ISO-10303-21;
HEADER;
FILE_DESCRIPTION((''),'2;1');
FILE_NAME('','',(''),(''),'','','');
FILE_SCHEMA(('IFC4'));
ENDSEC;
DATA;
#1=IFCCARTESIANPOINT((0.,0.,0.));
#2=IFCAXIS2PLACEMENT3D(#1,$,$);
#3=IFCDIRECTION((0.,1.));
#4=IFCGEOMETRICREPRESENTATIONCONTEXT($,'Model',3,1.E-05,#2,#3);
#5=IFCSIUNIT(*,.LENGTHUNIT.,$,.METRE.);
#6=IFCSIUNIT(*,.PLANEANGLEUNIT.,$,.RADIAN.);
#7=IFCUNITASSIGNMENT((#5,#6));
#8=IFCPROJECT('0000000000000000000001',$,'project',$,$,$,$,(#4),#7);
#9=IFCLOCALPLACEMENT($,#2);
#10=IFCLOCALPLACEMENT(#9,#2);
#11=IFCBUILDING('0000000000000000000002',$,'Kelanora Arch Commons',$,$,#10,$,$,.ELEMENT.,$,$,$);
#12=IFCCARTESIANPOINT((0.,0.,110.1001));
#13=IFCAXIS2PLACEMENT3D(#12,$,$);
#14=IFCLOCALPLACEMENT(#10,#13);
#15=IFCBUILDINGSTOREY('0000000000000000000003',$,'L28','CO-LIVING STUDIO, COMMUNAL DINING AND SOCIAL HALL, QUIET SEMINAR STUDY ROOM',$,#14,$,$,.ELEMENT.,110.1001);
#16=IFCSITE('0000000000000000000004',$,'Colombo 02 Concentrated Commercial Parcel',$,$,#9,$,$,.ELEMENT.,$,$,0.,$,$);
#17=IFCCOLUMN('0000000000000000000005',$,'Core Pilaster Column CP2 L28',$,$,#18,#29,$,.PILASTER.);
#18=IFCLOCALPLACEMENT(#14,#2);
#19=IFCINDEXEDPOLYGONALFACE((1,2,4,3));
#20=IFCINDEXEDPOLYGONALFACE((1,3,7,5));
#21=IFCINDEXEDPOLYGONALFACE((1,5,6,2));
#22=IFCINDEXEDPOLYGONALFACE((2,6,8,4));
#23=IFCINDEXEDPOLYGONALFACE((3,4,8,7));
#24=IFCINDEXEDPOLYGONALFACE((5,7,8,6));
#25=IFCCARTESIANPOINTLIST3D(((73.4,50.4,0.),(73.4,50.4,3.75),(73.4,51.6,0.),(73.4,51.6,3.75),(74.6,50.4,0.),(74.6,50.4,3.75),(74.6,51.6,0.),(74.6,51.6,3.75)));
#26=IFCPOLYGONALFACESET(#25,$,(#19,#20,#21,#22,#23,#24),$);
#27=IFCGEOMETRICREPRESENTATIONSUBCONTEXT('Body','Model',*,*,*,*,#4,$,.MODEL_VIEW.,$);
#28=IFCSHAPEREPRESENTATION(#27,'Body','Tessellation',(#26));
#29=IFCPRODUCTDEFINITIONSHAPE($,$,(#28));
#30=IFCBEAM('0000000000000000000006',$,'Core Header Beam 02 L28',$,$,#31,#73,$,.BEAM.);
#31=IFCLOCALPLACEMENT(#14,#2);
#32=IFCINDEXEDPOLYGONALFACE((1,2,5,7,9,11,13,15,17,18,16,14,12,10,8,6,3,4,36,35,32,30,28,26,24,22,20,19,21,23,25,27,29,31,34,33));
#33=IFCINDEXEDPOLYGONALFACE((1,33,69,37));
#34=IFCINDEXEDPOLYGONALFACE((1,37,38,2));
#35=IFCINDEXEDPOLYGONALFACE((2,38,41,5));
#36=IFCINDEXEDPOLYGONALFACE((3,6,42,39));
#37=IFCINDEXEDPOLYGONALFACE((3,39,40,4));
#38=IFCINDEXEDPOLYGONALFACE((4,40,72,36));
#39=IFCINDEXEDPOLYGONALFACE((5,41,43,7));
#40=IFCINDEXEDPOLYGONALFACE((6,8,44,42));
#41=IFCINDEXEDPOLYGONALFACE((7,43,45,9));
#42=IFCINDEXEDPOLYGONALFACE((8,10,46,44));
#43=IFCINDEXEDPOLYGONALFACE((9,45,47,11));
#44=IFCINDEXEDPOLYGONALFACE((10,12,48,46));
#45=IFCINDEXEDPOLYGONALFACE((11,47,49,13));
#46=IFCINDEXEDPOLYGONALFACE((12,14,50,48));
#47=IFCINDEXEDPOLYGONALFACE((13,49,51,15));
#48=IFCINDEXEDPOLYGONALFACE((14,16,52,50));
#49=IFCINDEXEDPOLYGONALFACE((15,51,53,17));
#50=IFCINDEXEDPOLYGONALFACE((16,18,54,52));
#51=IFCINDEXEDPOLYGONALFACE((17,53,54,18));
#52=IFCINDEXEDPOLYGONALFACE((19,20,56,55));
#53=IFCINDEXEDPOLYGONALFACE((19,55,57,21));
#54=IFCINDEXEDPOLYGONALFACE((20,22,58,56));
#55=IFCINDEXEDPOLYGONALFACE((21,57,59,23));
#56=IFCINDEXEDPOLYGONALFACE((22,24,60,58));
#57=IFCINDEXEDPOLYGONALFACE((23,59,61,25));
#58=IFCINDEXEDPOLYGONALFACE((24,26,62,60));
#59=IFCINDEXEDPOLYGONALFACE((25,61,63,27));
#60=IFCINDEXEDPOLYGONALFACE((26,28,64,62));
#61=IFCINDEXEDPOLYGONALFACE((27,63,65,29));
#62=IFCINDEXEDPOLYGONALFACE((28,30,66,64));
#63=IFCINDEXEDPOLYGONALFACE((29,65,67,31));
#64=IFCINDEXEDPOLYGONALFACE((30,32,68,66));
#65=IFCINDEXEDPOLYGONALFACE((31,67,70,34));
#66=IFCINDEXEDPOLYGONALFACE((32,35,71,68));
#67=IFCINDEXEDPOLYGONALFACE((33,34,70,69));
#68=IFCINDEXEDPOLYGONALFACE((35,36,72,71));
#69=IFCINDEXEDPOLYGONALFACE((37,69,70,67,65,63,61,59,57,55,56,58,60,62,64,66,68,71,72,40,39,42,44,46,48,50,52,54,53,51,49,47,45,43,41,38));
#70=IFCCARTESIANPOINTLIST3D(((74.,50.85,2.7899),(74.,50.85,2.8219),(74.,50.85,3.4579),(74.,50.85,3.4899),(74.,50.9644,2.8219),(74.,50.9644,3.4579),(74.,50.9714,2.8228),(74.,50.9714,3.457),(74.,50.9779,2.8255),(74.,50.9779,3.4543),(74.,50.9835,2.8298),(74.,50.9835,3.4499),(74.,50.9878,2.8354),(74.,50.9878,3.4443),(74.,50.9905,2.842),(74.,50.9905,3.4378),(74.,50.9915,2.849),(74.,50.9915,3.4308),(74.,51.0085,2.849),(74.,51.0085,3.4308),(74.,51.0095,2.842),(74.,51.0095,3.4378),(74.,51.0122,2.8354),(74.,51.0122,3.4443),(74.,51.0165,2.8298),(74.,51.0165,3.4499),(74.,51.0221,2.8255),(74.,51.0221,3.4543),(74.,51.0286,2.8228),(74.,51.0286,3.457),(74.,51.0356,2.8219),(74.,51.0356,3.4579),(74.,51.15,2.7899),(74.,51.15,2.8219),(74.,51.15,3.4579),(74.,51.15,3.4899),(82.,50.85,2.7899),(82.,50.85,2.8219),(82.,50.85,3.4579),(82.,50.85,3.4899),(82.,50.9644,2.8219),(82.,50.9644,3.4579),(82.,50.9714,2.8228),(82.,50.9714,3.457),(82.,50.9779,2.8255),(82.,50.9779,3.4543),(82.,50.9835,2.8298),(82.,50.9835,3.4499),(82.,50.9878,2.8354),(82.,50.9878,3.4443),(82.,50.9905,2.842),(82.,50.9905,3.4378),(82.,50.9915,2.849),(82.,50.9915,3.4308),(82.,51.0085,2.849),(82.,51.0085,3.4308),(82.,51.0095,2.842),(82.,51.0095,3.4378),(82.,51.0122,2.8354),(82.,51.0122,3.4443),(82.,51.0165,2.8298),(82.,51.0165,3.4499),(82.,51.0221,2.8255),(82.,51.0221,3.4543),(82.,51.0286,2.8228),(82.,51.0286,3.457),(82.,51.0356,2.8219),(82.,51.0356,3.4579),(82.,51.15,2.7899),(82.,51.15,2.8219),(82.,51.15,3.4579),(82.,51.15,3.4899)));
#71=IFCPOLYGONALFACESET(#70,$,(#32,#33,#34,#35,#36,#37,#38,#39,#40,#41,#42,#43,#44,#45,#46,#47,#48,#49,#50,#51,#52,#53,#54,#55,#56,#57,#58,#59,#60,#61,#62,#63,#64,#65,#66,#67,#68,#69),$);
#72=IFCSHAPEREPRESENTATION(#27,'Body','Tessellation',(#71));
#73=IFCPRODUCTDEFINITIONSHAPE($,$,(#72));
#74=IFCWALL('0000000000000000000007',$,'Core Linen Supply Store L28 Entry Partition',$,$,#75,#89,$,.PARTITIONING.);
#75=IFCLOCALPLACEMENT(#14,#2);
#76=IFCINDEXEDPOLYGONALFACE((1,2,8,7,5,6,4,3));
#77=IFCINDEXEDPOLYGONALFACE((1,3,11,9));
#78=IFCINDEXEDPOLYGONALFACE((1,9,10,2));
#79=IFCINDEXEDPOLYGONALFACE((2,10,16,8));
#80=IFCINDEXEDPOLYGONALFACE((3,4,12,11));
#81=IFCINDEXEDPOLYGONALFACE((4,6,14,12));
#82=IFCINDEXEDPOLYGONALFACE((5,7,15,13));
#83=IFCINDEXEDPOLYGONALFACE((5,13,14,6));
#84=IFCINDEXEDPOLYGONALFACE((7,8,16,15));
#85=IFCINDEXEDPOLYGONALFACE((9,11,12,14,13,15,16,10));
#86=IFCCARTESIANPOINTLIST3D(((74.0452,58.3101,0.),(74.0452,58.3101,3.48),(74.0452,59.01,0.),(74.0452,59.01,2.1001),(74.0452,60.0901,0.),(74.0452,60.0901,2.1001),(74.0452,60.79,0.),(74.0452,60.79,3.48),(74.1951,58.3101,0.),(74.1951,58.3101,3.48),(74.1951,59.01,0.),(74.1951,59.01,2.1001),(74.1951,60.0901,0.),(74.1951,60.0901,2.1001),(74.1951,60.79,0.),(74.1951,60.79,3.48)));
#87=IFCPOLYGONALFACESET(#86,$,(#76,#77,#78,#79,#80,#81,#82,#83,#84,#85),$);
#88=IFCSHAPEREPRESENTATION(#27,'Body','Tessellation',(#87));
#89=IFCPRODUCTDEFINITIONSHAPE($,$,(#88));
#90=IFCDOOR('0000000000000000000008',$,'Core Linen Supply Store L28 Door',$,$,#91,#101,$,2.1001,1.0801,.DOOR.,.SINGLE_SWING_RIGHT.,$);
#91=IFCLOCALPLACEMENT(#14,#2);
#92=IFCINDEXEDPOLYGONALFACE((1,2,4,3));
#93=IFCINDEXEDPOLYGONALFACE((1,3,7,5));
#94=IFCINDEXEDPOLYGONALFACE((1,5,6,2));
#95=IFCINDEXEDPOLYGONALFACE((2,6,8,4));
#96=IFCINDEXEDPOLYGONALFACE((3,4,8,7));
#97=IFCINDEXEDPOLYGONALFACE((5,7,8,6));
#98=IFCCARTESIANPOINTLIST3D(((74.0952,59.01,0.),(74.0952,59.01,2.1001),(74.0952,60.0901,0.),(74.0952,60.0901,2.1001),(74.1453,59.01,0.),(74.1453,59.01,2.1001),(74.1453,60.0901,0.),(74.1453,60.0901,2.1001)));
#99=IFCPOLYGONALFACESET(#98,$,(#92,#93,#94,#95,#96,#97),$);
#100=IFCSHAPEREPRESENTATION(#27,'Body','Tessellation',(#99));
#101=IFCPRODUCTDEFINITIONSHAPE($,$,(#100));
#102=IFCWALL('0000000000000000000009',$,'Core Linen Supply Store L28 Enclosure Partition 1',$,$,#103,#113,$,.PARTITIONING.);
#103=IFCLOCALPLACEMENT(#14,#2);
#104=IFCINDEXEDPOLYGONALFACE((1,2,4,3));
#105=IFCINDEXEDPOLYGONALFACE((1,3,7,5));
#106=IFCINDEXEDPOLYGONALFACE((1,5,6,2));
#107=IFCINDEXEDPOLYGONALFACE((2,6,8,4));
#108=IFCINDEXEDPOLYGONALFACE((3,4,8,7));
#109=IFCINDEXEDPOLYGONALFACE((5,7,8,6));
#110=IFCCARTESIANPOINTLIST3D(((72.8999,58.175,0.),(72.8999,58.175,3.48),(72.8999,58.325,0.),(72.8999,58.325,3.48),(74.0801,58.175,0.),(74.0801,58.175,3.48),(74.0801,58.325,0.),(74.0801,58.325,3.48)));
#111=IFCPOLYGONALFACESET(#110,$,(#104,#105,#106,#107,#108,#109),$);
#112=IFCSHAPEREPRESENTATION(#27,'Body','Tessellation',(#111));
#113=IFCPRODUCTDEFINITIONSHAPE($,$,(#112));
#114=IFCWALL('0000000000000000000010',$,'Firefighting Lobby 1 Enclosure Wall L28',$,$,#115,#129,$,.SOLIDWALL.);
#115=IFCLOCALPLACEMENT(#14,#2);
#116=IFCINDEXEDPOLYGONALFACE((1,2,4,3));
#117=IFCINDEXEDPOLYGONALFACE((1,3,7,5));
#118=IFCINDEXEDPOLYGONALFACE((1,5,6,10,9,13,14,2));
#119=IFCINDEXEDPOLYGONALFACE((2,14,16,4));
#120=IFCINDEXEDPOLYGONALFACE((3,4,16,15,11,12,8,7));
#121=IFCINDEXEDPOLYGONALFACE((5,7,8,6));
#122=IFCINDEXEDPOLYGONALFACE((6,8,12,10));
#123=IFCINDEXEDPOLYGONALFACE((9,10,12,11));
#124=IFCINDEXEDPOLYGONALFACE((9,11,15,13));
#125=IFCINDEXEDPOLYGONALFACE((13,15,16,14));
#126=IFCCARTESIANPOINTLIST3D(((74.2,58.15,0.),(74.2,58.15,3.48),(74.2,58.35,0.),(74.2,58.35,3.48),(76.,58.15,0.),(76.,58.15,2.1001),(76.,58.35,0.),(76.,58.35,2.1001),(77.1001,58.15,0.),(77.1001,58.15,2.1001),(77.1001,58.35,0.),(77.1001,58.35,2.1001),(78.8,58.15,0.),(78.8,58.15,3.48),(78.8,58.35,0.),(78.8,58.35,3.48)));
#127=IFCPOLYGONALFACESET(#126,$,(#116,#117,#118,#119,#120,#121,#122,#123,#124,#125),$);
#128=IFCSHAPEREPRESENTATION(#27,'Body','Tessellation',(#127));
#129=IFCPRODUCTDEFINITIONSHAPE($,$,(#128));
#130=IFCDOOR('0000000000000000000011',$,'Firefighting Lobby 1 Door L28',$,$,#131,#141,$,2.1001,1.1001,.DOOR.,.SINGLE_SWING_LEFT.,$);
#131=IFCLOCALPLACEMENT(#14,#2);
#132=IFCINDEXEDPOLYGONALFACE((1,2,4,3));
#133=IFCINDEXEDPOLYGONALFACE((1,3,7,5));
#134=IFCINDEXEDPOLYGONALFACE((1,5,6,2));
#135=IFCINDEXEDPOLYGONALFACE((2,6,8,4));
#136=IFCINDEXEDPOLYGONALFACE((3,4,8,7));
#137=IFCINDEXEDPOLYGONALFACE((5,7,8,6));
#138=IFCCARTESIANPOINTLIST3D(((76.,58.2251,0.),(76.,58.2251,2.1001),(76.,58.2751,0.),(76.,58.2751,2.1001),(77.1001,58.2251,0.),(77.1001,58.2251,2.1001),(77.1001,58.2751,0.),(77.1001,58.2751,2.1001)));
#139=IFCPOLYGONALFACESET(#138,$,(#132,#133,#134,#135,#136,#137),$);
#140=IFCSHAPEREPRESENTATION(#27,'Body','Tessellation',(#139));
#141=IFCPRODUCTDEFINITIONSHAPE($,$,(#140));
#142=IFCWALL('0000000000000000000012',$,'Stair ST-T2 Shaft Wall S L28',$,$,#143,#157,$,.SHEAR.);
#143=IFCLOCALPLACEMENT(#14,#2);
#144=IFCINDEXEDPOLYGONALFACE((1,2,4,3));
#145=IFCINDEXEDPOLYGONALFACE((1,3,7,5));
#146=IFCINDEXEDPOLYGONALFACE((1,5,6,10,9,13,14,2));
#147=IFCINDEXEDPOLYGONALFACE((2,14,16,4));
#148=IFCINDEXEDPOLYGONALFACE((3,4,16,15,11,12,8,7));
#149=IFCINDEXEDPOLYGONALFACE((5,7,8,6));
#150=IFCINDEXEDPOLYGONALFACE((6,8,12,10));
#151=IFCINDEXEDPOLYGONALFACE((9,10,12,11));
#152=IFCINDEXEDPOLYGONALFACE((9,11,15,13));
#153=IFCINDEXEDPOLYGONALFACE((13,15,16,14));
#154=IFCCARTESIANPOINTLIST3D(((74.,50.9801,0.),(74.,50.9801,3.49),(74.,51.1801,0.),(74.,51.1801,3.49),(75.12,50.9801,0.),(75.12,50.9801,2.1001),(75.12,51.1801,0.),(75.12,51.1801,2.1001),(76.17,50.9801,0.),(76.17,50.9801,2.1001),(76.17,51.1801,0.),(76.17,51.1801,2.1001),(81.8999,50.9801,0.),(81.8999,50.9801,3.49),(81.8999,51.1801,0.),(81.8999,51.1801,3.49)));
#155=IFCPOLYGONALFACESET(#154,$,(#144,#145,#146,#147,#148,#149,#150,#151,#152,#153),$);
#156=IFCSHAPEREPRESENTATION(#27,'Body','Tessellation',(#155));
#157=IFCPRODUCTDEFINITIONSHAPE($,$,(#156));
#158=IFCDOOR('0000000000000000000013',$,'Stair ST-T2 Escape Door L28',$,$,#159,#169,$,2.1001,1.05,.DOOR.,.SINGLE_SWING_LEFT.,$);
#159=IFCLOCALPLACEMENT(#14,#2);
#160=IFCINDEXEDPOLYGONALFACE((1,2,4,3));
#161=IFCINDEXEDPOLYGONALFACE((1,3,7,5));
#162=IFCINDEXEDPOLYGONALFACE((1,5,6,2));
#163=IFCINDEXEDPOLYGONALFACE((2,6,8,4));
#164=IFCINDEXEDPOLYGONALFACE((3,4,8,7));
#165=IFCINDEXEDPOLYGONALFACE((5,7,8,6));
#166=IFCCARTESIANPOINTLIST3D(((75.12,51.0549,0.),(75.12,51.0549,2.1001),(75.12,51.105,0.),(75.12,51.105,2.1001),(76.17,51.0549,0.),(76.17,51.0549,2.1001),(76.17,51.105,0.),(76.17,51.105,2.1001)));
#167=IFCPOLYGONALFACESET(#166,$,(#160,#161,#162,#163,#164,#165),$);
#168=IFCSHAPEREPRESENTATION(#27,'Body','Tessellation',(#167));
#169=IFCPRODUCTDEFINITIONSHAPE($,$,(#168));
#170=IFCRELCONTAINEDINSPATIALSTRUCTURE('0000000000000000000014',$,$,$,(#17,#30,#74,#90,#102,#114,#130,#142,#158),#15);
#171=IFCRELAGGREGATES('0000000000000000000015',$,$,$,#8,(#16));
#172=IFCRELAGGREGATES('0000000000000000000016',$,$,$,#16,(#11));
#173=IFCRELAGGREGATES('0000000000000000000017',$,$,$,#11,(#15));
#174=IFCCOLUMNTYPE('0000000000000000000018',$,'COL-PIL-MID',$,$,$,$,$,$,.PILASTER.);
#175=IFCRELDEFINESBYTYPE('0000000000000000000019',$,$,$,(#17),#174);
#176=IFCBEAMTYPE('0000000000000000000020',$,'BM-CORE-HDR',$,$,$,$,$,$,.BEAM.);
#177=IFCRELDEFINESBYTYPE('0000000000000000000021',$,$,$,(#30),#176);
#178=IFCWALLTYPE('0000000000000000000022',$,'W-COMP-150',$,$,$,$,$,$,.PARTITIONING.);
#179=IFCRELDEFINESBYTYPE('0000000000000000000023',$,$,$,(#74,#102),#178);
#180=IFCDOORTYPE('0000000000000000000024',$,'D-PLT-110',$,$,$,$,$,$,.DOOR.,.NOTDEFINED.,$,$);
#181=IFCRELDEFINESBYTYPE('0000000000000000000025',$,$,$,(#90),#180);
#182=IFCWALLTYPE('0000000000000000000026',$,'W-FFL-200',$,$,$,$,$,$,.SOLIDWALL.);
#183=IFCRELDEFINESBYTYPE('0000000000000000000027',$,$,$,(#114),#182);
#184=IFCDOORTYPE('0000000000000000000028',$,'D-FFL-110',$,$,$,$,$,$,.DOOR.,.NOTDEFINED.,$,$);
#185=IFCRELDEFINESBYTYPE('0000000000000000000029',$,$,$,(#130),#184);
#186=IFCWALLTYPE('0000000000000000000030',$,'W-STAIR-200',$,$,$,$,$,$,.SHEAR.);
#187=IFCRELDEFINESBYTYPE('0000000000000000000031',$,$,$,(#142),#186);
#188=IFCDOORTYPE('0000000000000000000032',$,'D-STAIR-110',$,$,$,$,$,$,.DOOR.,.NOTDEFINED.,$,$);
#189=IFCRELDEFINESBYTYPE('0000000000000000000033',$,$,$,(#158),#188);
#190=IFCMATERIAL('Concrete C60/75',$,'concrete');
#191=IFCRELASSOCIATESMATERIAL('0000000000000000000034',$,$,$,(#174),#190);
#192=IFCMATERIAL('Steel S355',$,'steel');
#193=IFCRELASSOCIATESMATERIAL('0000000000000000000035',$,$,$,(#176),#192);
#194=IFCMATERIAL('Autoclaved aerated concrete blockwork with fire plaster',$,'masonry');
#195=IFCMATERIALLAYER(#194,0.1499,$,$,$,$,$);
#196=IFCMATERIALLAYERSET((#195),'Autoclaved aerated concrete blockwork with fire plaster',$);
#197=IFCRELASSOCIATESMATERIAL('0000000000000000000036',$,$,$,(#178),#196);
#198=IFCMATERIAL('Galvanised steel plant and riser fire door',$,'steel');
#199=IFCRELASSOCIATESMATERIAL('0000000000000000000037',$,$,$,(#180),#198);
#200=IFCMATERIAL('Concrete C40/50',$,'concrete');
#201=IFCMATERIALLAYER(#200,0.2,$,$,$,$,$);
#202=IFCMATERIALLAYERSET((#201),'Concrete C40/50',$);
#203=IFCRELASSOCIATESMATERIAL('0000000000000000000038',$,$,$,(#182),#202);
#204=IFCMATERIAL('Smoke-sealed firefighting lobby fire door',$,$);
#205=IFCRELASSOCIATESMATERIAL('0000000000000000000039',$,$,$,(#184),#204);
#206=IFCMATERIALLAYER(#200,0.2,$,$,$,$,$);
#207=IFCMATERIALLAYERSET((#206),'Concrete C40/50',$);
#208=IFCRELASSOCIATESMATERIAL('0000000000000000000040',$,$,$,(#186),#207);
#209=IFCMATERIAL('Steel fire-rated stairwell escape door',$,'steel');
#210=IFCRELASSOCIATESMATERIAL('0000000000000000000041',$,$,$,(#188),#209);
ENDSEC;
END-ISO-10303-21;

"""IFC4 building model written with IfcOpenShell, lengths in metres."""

from ifc_helpers import new_model, si_unit, direction, frame, frame_2d, origin, origin_2d, place, context, subcontext, project, spatial, rectangle, i_section, extrude, material, layer, layer_set, material_profile, profile_set, type_object, element, fill, save


model = new_model("IFC4")

# Units and contexts
model_context = context("Model", 3, precision=1e-05, world=origin(), true_north=direction((0.0, 1.0)))
body_context = subcontext(model_context, "Body", "Model", "MODEL_VIEW")
ifc_project = project(units=[si_unit("LENGTHUNIT", "METRE"), si_unit("PLANEANGLEUNIT", "RADIAN")], contexts=[model_context])

# Site, building, storey
site_placement = place(None, origin())
site = spatial("IfcSite", under=ifc_project, at=site_placement, Name="Colombo 02 Concentrated Commercial Parcel", CompositionType="ELEMENT", RefElevation=0.0)
building_placement = place(site_placement, origin())
building = spatial("IfcBuilding", under=site, at=building_placement, Name="Kelanora Arch Commons", CompositionType="ELEMENT")
storey_placement = place(building_placement, frame((0.0, 0.0, 110.1001)))
storey = spatial("IfcBuildingStorey", under=building, at=storey_placement, Name="L28", Description="CO-LIVING STUDIO, COMMUNAL DINING AND SOCIAL HALL, QUIET SEMINAR STUDY ROOM", CompositionType="ELEMENT", Elevation=110.1001)

# Column
ifc_material_1 = material(Name="Concrete C60/75", Category="concrete")
ifc_material_profile_1 = material_profile(ifc_material_1, rectangle(XDim=1.2, YDim=1.2, at=origin_2d()), Name="RC1200x1200")
ifc_profile_set_1 = profile_set([ifc_material_profile_1], Name="Concrete C60/75")
column_type = type_object("IfcColumnType", Name="COL-PIL-MID", PredefinedType="PILASTER", material=ifc_profile_set_1)
column_placement = place(storey_placement, frame((74.0, 51.0, 0.0), z_axis=(0.0, 0.0, 1.0), x_axis=(1.0, 0.0, 0.0)))
element("IfcColumn", 1, at=column_placement, inside=storey, type_object=column_type, Name="Core Pilaster Column CP2 L28", PredefinedType="PILASTER", context=body_context, shape_type="SweptSolid", body=[
    extrude(rectangle(XDim=1.2, YDim=1.2, at=origin_2d()), origin(), (0.0, 0.0, 1.0), 3.75),
])

# Beam
ifc_material_2 = material(Name="Steel S355", Category="steel")
ifc_material_profile_2 = material_profile(ifc_material_2, i_section(OverallWidth=0.3, OverallDepth=0.7, WebThickness=0.0171, FlangeThickness=0.032, FilletRadius=0.0271, at=origin_2d()), Name="HEB700")
ifc_profile_set_2 = profile_set([ifc_material_profile_2], Name="Steel S355")
beam_type = type_object("IfcBeamType", Name="BM-CORE-HDR", PredefinedType="BEAM", material=ifc_profile_set_2)
beam_placement = place(storey_placement, frame((74.0, 51.0, 3.1399), z_axis=(1.0, 0.0, 0.0), x_axis=(0.0, 1.0, 0.0)))
element("IfcBeam", 2, at=beam_placement, inside=storey, type_object=beam_type, Name="Core Header Beam 02 L28", PredefinedType="BEAM", context=body_context, shape_type="SweptSolid", body=[
    extrude(i_section(OverallWidth=0.3, OverallDepth=0.7, WebThickness=0.0171, FlangeThickness=0.032, FilletRadius=0.0271, at=origin_2d()), origin(), (0.0, 0.0, 1.0), 8.0),
])

# Wall, opening, door
ifc_material_3 = material(Name="Autoclaved aerated concrete blockwork with fire plaster", Category="masonry")
ifc_layer_1 = layer(ifc_material_3, 0.1499)
ifc_layer_set_1 = layer_set([ifc_layer_1], Name="Autoclaved aerated concrete blockwork with fire plaster")
wall_type_1 = type_object("IfcWallType", Name="W-COMP-150", PredefinedType="PARTITIONING", material=ifc_layer_set_1)
wall_1_placement = place(storey_placement, frame((74.1201, 58.3101, 0.0), z_axis=(0.0, 0.0, 1.0), x_axis=(0.0, 1.0, 0.0)))
wall_1 = element("IfcWall", 3, at=wall_1_placement, inside=storey, type_object=wall_type_1, Name="Core Linen Supply Store L28 Entry Partition", PredefinedType="PARTITIONING", context=body_context, shape_type="SweptSolid", body=[
    extrude(rectangle(XDim=2.48, YDim=0.1499, at=frame_2d((1.24, 0.0))), origin(), (0.0, 0.0, 1.0), 3.48),
])
opening_1_placement = place(wall_1_placement, frame((0.7, 0.0, 0.0)))
opening_1 = element("IfcOpeningElement", 4, at=opening_1_placement, cuts=wall_1, PredefinedType="OPENING", context=body_context, shape_type="SweptSolid", body=[
    extrude(rectangle(XDim=1.0801, YDim=2.1001, at=frame_2d((0.54, 1.05))), frame((0.0, 0.085, 0.0), z_axis=(0.0, -1.0, 0.0), x_axis=(1.0, 0.0, 0.0)), (0.0, 0.0, 1.0), 0.1699),
])
ifc_material_4 = material(Name="Galvanised steel plant and riser fire door", Category="steel")
door_type_1 = type_object("IfcDoorType", Name="D-PLT-110", OperationType="NOTDEFINED", PredefinedType="DOOR", material=ifc_material_4)
door_1_placement = place(opening_1_placement, origin())
door_1 = element("IfcDoor", 5, at=door_1_placement, inside=storey, type_object=door_type_1, Name="Core Linen Supply Store L28 Door", OperationType="SINGLE_SWING_RIGHT", OverallHeight=2.1001, OverallWidth=1.0801, PredefinedType="DOOR", context=body_context, shape_type="SweptSolid", body=[
    extrude(rectangle(XDim=1.0801, YDim=2.1001, at=frame_2d((0.54, 1.05))), frame((0.0, 0.0249, 0.0), z_axis=(0.0, -1.0, 0.0), x_axis=(1.0, 0.0, 0.0)), (0.0, 0.0, 1.0), 0.05),
])
fill(opening_1, door_1)

# Wall
wall_2_placement = place(storey_placement, frame((72.8999, 58.25, 0.0), z_axis=(0.0, 0.0, 1.0), x_axis=(1.0, 0.0, 0.0)))
element("IfcWall", 6, at=wall_2_placement, inside=storey, type_object=wall_type_1, Name="Core Linen Supply Store L28 Enclosure Partition 1", PredefinedType="PARTITIONING", context=body_context, shape_type="SweptSolid", body=[
    extrude(rectangle(XDim=1.1802, YDim=0.1499, at=frame_2d((0.5901, 0.0))), origin(), (0.0, 0.0, 1.0), 3.48),
])

# Walls, openings, doors
ifc_material_5 = material(Name="Concrete C40/50", Category="concrete")
ifc_layer_2 = layer(ifc_material_5, 0.2)
ifc_layer_set_2 = layer_set([ifc_layer_2], Name="Concrete C40/50")
wall_type_2 = type_object("IfcWallType", Name="W-FFL-200", PredefinedType="SOLIDWALL", material=ifc_layer_set_2)
wall_3_placement = place(storey_placement, frame((74.2, 58.25, 0.0), z_axis=(0.0, 0.0, 1.0), x_axis=(1.0, 0.0, 0.0)))
wall_3 = element("IfcWall", 7, at=wall_3_placement, inside=storey, type_object=wall_type_2, Name="Firefighting Lobby 1 Enclosure Wall L28", PredefinedType="SOLIDWALL", context=body_context, shape_type="SweptSolid", body=[
    extrude(rectangle(XDim=4.6001, YDim=0.2, at=frame_2d((2.3, 0.0))), origin(), (0.0, 0.0, 1.0), 3.48),
])
opening_2_placement = place(wall_3_placement, frame((1.8, 0.0, 0.0)))
opening_2 = element("IfcOpeningElement", 8, at=opening_2_placement, cuts=wall_3, PredefinedType="OPENING", context=body_context, shape_type="SweptSolid", body=[
    extrude(rectangle(XDim=1.1001, YDim=2.1001, at=frame_2d((0.55, 1.05))), frame((0.0, 0.1099, 0.0), z_axis=(0.0, -1.0, 0.0), x_axis=(1.0, 0.0, 0.0)), (0.0, 0.0, 1.0), 0.22),
])
ifc_material_6 = material(Name="Smoke-sealed firefighting lobby fire door")
door_type_2 = type_object("IfcDoorType", Name="D-FFL-110", OperationType="NOTDEFINED", PredefinedType="DOOR", material=ifc_material_6)
door_2_placement = place(opening_2_placement, frame((1.1001, 0.0, 0.0), z_axis=(0.0, 0.0, 1.0), x_axis=(-1.0, 0.0, 0.0)))
door_2 = element("IfcDoor", 9, at=door_2_placement, inside=storey, type_object=door_type_2, Name="Firefighting Lobby 1 Door L28", OperationType="SINGLE_SWING_LEFT", OverallHeight=2.1001, OverallWidth=1.1001, PredefinedType="DOOR", context=body_context, shape_type="SweptSolid", body=[
    extrude(rectangle(XDim=1.1001, YDim=2.1001, at=frame_2d((0.55, 1.05))), frame((0.0, 0.0249, 0.0), z_axis=(0.0, -1.0, 0.0), x_axis=(1.0, 0.0, 0.0)), (0.0, 0.0, 1.0), 0.05),
])
fill(opening_2, door_2)
ifc_layer_3 = layer(ifc_material_5, 0.2)
ifc_layer_set_3 = layer_set([ifc_layer_3], Name="Concrete C40/50")
wall_type_3 = type_object("IfcWallType", Name="W-STAIR-200", PredefinedType="SHEAR", material=ifc_layer_set_3)
wall_4_placement = place(storey_placement, frame((74.0, 51.0801, 0.0), z_axis=(0.0, 0.0, 1.0), x_axis=(1.0, 0.0, 0.0)))
wall_4 = element("IfcWall", 10, at=wall_4_placement, inside=storey, type_object=wall_type_3, Name="Stair ST-T2 Shaft Wall S L28", PredefinedType="SHEAR", context=body_context, shape_type="SweptSolid", body=[
    extrude(rectangle(XDim=7.8999, YDim=0.2, at=frame_2d((3.95, 0.0))), origin(), (0.0, 0.0, 1.0), 3.49),
])
opening_3_placement = place(wall_4_placement, frame((1.1201, 0.0, 0.0)))
opening_3 = element("IfcOpeningElement", 11, at=opening_3_placement, cuts=wall_4, PredefinedType="OPENING", context=body_context, shape_type="SweptSolid", body=[
    extrude(rectangle(XDim=1.05, YDim=2.1001, at=frame_2d((0.5249, 1.05))), frame((0.0, 0.1099, 0.0), z_axis=(0.0, -1.0, 0.0), x_axis=(1.0, 0.0, 0.0)), (0.0, 0.0, 1.0), 0.22),
])
ifc_material_7 = material(Name="Steel fire-rated stairwell escape door", Category="steel")
door_type_3 = type_object("IfcDoorType", Name="D-STAIR-110", OperationType="NOTDEFINED", PredefinedType="DOOR", material=ifc_material_7)
door_3_placement = place(opening_3_placement, origin())
door_3 = element("IfcDoor", 12, at=door_3_placement, inside=storey, type_object=door_type_3, Name="Stair ST-T2 Escape Door L28", OperationType="SINGLE_SWING_LEFT", OverallHeight=2.1001, OverallWidth=1.05, PredefinedType="DOOR", context=body_context, shape_type="SweptSolid", body=[
    extrude(rectangle(XDim=1.05, YDim=2.1001, at=frame_2d((0.5249, 1.05))), frame((0.0, 0.0249, 0.0), z_axis=(0.0, -1.0, 0.0), x_axis=(1.0, 0.0, 0.0)), (0.0, 0.0, 1.0), 0.05),
])
fill(opening_3, door_3)

save(model, "model.ifc")
